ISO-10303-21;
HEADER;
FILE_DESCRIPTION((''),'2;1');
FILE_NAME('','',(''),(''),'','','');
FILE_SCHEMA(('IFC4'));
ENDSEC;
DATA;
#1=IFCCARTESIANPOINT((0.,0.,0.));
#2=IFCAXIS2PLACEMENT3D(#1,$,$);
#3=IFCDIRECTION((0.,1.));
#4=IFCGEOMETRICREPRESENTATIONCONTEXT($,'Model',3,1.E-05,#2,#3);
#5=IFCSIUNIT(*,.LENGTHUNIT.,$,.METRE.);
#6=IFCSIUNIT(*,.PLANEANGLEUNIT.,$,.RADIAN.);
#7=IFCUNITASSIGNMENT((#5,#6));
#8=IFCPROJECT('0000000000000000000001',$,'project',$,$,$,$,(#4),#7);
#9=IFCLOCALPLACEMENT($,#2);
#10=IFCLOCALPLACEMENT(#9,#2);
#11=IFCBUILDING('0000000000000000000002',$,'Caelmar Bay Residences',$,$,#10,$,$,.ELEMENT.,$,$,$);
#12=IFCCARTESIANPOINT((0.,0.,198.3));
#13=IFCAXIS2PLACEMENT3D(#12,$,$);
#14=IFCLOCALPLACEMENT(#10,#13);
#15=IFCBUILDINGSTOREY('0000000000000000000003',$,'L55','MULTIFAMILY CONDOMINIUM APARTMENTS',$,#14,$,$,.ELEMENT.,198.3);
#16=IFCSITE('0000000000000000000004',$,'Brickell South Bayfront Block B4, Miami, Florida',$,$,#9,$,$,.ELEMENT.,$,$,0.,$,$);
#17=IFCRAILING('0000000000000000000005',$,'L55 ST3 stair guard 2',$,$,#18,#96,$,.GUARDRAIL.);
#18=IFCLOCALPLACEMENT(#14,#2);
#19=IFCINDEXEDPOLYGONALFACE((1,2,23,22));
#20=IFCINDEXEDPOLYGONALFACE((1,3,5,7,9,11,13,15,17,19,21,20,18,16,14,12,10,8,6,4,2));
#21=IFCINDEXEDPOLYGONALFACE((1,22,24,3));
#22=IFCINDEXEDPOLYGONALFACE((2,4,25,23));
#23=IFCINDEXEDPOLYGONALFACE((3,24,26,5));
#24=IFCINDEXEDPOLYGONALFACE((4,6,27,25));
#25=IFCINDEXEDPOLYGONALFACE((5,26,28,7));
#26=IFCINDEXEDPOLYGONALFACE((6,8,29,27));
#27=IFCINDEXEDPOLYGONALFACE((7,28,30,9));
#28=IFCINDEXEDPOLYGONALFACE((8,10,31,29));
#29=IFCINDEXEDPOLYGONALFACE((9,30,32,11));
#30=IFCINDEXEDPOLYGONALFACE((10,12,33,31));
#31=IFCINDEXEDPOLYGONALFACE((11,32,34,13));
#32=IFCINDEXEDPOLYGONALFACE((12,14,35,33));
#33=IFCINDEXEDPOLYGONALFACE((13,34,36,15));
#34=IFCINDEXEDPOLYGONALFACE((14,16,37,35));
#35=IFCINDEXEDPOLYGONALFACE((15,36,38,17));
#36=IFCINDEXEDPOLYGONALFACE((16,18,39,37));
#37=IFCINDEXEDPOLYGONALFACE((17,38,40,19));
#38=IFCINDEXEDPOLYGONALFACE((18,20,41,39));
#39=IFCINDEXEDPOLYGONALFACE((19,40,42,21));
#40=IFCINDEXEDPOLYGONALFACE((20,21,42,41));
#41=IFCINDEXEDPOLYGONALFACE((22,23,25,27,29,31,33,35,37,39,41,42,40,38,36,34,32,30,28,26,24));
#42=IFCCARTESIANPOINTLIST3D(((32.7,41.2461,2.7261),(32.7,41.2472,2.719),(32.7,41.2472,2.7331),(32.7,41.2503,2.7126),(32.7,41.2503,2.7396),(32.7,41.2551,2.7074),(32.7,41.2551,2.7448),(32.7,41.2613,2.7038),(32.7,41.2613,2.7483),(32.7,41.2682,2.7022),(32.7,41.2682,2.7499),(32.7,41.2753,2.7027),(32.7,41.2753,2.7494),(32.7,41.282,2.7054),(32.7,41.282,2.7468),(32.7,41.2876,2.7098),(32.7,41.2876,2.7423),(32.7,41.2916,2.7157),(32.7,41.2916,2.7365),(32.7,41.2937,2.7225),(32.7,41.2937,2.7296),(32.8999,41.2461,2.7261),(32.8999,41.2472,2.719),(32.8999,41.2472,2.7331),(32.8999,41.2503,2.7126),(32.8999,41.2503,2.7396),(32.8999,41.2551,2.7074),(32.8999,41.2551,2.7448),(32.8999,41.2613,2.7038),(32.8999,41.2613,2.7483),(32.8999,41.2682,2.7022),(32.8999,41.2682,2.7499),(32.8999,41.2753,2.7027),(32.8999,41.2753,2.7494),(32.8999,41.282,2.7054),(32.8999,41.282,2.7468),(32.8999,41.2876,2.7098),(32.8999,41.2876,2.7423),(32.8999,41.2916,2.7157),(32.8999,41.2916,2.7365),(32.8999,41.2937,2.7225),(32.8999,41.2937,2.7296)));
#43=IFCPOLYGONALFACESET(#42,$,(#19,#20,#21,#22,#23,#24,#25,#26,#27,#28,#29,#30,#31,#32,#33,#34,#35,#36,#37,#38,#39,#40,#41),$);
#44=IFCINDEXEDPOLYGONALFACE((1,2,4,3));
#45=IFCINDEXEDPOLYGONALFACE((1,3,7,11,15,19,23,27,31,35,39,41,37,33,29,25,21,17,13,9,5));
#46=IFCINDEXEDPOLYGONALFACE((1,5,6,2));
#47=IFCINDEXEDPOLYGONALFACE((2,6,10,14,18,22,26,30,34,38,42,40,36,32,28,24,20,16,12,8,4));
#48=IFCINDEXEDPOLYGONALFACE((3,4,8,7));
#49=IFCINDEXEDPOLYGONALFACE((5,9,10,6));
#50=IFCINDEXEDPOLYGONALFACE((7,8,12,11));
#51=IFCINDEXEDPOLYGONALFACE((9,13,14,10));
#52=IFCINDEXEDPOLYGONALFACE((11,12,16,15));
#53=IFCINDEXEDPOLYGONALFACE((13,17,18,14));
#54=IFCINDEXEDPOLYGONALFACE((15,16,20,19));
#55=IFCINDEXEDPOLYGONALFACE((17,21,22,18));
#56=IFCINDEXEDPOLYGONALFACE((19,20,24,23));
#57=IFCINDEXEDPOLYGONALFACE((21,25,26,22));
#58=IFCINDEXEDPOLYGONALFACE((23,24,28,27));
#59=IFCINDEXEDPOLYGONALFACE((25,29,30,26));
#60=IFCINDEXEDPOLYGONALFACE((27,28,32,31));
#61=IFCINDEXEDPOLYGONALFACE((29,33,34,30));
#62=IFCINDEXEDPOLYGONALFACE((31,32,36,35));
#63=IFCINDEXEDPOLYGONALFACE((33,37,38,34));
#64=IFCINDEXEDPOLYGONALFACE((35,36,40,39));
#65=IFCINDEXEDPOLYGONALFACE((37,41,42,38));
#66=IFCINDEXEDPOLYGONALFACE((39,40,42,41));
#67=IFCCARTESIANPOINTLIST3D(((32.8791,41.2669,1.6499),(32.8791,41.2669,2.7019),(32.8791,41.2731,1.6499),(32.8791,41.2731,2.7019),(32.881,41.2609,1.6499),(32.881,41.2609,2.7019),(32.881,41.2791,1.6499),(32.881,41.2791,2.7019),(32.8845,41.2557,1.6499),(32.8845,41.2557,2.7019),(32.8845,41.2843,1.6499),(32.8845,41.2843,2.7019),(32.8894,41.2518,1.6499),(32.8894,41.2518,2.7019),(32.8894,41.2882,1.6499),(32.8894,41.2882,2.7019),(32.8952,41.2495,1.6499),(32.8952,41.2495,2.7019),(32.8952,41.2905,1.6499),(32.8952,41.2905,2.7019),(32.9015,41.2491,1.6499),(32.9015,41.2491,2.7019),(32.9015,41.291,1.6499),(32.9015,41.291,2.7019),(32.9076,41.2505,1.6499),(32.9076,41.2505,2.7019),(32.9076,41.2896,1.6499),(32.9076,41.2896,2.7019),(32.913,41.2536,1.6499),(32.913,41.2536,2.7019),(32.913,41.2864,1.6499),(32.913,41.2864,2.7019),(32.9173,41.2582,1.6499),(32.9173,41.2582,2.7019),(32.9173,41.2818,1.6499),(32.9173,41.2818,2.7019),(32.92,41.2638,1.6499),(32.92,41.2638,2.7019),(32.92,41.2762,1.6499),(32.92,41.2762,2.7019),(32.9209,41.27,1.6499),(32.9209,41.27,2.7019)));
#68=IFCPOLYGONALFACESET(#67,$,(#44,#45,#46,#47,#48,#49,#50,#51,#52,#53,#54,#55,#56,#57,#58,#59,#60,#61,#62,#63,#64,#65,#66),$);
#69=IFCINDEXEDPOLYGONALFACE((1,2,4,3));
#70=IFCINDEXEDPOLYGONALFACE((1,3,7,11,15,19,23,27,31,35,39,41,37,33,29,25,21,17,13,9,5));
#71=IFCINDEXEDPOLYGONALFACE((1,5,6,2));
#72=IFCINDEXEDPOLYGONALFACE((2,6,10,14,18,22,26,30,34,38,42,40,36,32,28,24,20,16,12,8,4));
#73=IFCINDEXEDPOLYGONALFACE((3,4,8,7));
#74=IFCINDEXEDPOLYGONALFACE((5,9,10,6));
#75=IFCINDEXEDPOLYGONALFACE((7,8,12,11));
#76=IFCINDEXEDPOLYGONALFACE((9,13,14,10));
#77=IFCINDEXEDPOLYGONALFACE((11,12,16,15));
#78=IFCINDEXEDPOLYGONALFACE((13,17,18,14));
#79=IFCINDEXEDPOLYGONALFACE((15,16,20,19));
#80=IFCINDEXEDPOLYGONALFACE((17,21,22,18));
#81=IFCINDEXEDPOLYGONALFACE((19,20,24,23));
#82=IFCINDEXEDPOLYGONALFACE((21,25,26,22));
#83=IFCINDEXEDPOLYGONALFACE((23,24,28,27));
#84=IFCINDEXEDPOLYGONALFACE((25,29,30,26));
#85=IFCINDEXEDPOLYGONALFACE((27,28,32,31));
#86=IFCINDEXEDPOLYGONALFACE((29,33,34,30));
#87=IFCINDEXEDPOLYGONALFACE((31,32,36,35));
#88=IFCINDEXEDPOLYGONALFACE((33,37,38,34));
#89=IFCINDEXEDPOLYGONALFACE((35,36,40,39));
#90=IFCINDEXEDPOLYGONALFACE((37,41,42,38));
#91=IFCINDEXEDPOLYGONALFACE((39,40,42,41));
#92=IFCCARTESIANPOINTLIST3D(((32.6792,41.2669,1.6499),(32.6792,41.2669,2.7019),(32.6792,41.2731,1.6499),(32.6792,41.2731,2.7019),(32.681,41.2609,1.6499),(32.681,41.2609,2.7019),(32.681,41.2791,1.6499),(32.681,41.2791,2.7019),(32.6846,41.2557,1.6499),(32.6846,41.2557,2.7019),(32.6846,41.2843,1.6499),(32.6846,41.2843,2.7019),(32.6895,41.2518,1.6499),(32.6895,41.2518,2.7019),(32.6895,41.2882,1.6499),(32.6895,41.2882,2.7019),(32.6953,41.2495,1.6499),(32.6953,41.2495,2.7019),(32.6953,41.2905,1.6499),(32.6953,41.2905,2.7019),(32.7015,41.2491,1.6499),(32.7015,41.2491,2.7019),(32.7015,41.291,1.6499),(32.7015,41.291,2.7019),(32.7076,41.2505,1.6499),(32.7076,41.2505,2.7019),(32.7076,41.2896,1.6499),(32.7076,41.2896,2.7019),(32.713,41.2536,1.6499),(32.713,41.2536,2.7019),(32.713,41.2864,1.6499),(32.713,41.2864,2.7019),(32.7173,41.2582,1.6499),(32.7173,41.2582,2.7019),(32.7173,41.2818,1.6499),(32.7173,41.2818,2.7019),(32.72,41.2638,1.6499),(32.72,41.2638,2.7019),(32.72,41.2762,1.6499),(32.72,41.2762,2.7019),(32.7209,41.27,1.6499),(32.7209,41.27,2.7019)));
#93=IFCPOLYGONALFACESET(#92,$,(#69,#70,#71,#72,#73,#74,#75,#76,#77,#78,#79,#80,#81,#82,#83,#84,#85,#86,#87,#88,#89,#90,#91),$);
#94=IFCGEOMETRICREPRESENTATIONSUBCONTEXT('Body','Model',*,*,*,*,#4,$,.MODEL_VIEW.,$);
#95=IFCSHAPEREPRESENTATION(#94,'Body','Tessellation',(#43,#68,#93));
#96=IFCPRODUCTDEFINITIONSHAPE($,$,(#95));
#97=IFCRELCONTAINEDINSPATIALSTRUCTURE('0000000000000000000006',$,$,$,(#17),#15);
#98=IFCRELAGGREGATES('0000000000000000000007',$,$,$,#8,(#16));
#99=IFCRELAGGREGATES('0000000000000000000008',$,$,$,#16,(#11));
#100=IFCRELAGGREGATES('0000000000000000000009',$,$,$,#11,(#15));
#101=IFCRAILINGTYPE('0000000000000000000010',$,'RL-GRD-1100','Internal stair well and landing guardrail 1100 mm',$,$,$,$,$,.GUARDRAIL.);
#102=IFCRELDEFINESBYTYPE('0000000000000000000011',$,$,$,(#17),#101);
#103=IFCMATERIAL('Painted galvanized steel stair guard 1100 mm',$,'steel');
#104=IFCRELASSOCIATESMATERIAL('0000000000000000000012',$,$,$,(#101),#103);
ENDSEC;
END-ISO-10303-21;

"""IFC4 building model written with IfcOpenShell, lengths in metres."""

from ifc_helpers import new_model, si_unit, direction, frame, origin, origin_2d, place, context, subcontext, project, spatial, circle, extrude, material, type_object, element, save


model = new_model("IFC4")

# Units and contexts
model_context = context("Model", 3, precision=1e-05, world=origin(), true_north=direction((0.0, 1.0)))
body_context = subcontext(model_context, "Body", "Model", "MODEL_VIEW")
ifc_project = project(units=[si_unit("LENGTHUNIT", "METRE"), si_unit("PLANEANGLEUNIT", "RADIAN")], contexts=[model_context])

# Site, building, storey
site_placement = place(None, origin())
site = spatial("IfcSite", under=ifc_project, at=site_placement, Name="Brickell South Bayfront Block B4, Miami, Florida", CompositionType="ELEMENT", RefElevation=0.0)
building_placement = place(site_placement, origin())
building = spatial("IfcBuilding", under=site, at=building_placement, Name="Caelmar Bay Residences", CompositionType="ELEMENT")
storey_placement = place(building_placement, frame((0.0, 0.0, 198.3)))
storey = spatial("IfcBuildingStorey", under=building, at=storey_placement, Name="L55", Description="MULTIFAMILY CONDOMINIUM APARTMENTS", CompositionType="ELEMENT", Elevation=198.3)

# Railing
ifc_material_1 = material(Name="Painted galvanized steel stair guard 1100 mm", Category="steel")
railing_type_1 = type_object("IfcRailingType", Name="RL-GRD-1100", Description="Internal stair well and landing guardrail 1100 mm", PredefinedType="GUARDRAIL", material=ifc_material_1)
railing_1_placement = place(storey_placement, frame((32.8999, 41.27, 1.6499)))
element("IfcRailing", 1, at=railing_1_placement, inside=storey, type_object=railing_type_1, Name="L55 ST3 stair guard 2", PredefinedType="GUARDRAIL", context=body_context, shape_type="SweptSolid", body=[
    extrude(circle(Radius=0.0239, at=origin_2d()), frame((0.0, 0.0, 1.0762), z_axis=(-1.0, 0.0, 0.0), x_axis=(0.0, -1.0, 0.0)), (0.0, 0.0, 1.0), 0.2),
    extrude(circle(Radius=0.021, at=origin_2d()), origin(), (0.0, 0.0, 1.0), 1.052),
    extrude(circle(Radius=0.021, at=origin_2d()), frame((-0.2, 0.0, 0.0)), (0.0, 0.0, 1.0), 1.052),
])

save(model, "model.ifc")
